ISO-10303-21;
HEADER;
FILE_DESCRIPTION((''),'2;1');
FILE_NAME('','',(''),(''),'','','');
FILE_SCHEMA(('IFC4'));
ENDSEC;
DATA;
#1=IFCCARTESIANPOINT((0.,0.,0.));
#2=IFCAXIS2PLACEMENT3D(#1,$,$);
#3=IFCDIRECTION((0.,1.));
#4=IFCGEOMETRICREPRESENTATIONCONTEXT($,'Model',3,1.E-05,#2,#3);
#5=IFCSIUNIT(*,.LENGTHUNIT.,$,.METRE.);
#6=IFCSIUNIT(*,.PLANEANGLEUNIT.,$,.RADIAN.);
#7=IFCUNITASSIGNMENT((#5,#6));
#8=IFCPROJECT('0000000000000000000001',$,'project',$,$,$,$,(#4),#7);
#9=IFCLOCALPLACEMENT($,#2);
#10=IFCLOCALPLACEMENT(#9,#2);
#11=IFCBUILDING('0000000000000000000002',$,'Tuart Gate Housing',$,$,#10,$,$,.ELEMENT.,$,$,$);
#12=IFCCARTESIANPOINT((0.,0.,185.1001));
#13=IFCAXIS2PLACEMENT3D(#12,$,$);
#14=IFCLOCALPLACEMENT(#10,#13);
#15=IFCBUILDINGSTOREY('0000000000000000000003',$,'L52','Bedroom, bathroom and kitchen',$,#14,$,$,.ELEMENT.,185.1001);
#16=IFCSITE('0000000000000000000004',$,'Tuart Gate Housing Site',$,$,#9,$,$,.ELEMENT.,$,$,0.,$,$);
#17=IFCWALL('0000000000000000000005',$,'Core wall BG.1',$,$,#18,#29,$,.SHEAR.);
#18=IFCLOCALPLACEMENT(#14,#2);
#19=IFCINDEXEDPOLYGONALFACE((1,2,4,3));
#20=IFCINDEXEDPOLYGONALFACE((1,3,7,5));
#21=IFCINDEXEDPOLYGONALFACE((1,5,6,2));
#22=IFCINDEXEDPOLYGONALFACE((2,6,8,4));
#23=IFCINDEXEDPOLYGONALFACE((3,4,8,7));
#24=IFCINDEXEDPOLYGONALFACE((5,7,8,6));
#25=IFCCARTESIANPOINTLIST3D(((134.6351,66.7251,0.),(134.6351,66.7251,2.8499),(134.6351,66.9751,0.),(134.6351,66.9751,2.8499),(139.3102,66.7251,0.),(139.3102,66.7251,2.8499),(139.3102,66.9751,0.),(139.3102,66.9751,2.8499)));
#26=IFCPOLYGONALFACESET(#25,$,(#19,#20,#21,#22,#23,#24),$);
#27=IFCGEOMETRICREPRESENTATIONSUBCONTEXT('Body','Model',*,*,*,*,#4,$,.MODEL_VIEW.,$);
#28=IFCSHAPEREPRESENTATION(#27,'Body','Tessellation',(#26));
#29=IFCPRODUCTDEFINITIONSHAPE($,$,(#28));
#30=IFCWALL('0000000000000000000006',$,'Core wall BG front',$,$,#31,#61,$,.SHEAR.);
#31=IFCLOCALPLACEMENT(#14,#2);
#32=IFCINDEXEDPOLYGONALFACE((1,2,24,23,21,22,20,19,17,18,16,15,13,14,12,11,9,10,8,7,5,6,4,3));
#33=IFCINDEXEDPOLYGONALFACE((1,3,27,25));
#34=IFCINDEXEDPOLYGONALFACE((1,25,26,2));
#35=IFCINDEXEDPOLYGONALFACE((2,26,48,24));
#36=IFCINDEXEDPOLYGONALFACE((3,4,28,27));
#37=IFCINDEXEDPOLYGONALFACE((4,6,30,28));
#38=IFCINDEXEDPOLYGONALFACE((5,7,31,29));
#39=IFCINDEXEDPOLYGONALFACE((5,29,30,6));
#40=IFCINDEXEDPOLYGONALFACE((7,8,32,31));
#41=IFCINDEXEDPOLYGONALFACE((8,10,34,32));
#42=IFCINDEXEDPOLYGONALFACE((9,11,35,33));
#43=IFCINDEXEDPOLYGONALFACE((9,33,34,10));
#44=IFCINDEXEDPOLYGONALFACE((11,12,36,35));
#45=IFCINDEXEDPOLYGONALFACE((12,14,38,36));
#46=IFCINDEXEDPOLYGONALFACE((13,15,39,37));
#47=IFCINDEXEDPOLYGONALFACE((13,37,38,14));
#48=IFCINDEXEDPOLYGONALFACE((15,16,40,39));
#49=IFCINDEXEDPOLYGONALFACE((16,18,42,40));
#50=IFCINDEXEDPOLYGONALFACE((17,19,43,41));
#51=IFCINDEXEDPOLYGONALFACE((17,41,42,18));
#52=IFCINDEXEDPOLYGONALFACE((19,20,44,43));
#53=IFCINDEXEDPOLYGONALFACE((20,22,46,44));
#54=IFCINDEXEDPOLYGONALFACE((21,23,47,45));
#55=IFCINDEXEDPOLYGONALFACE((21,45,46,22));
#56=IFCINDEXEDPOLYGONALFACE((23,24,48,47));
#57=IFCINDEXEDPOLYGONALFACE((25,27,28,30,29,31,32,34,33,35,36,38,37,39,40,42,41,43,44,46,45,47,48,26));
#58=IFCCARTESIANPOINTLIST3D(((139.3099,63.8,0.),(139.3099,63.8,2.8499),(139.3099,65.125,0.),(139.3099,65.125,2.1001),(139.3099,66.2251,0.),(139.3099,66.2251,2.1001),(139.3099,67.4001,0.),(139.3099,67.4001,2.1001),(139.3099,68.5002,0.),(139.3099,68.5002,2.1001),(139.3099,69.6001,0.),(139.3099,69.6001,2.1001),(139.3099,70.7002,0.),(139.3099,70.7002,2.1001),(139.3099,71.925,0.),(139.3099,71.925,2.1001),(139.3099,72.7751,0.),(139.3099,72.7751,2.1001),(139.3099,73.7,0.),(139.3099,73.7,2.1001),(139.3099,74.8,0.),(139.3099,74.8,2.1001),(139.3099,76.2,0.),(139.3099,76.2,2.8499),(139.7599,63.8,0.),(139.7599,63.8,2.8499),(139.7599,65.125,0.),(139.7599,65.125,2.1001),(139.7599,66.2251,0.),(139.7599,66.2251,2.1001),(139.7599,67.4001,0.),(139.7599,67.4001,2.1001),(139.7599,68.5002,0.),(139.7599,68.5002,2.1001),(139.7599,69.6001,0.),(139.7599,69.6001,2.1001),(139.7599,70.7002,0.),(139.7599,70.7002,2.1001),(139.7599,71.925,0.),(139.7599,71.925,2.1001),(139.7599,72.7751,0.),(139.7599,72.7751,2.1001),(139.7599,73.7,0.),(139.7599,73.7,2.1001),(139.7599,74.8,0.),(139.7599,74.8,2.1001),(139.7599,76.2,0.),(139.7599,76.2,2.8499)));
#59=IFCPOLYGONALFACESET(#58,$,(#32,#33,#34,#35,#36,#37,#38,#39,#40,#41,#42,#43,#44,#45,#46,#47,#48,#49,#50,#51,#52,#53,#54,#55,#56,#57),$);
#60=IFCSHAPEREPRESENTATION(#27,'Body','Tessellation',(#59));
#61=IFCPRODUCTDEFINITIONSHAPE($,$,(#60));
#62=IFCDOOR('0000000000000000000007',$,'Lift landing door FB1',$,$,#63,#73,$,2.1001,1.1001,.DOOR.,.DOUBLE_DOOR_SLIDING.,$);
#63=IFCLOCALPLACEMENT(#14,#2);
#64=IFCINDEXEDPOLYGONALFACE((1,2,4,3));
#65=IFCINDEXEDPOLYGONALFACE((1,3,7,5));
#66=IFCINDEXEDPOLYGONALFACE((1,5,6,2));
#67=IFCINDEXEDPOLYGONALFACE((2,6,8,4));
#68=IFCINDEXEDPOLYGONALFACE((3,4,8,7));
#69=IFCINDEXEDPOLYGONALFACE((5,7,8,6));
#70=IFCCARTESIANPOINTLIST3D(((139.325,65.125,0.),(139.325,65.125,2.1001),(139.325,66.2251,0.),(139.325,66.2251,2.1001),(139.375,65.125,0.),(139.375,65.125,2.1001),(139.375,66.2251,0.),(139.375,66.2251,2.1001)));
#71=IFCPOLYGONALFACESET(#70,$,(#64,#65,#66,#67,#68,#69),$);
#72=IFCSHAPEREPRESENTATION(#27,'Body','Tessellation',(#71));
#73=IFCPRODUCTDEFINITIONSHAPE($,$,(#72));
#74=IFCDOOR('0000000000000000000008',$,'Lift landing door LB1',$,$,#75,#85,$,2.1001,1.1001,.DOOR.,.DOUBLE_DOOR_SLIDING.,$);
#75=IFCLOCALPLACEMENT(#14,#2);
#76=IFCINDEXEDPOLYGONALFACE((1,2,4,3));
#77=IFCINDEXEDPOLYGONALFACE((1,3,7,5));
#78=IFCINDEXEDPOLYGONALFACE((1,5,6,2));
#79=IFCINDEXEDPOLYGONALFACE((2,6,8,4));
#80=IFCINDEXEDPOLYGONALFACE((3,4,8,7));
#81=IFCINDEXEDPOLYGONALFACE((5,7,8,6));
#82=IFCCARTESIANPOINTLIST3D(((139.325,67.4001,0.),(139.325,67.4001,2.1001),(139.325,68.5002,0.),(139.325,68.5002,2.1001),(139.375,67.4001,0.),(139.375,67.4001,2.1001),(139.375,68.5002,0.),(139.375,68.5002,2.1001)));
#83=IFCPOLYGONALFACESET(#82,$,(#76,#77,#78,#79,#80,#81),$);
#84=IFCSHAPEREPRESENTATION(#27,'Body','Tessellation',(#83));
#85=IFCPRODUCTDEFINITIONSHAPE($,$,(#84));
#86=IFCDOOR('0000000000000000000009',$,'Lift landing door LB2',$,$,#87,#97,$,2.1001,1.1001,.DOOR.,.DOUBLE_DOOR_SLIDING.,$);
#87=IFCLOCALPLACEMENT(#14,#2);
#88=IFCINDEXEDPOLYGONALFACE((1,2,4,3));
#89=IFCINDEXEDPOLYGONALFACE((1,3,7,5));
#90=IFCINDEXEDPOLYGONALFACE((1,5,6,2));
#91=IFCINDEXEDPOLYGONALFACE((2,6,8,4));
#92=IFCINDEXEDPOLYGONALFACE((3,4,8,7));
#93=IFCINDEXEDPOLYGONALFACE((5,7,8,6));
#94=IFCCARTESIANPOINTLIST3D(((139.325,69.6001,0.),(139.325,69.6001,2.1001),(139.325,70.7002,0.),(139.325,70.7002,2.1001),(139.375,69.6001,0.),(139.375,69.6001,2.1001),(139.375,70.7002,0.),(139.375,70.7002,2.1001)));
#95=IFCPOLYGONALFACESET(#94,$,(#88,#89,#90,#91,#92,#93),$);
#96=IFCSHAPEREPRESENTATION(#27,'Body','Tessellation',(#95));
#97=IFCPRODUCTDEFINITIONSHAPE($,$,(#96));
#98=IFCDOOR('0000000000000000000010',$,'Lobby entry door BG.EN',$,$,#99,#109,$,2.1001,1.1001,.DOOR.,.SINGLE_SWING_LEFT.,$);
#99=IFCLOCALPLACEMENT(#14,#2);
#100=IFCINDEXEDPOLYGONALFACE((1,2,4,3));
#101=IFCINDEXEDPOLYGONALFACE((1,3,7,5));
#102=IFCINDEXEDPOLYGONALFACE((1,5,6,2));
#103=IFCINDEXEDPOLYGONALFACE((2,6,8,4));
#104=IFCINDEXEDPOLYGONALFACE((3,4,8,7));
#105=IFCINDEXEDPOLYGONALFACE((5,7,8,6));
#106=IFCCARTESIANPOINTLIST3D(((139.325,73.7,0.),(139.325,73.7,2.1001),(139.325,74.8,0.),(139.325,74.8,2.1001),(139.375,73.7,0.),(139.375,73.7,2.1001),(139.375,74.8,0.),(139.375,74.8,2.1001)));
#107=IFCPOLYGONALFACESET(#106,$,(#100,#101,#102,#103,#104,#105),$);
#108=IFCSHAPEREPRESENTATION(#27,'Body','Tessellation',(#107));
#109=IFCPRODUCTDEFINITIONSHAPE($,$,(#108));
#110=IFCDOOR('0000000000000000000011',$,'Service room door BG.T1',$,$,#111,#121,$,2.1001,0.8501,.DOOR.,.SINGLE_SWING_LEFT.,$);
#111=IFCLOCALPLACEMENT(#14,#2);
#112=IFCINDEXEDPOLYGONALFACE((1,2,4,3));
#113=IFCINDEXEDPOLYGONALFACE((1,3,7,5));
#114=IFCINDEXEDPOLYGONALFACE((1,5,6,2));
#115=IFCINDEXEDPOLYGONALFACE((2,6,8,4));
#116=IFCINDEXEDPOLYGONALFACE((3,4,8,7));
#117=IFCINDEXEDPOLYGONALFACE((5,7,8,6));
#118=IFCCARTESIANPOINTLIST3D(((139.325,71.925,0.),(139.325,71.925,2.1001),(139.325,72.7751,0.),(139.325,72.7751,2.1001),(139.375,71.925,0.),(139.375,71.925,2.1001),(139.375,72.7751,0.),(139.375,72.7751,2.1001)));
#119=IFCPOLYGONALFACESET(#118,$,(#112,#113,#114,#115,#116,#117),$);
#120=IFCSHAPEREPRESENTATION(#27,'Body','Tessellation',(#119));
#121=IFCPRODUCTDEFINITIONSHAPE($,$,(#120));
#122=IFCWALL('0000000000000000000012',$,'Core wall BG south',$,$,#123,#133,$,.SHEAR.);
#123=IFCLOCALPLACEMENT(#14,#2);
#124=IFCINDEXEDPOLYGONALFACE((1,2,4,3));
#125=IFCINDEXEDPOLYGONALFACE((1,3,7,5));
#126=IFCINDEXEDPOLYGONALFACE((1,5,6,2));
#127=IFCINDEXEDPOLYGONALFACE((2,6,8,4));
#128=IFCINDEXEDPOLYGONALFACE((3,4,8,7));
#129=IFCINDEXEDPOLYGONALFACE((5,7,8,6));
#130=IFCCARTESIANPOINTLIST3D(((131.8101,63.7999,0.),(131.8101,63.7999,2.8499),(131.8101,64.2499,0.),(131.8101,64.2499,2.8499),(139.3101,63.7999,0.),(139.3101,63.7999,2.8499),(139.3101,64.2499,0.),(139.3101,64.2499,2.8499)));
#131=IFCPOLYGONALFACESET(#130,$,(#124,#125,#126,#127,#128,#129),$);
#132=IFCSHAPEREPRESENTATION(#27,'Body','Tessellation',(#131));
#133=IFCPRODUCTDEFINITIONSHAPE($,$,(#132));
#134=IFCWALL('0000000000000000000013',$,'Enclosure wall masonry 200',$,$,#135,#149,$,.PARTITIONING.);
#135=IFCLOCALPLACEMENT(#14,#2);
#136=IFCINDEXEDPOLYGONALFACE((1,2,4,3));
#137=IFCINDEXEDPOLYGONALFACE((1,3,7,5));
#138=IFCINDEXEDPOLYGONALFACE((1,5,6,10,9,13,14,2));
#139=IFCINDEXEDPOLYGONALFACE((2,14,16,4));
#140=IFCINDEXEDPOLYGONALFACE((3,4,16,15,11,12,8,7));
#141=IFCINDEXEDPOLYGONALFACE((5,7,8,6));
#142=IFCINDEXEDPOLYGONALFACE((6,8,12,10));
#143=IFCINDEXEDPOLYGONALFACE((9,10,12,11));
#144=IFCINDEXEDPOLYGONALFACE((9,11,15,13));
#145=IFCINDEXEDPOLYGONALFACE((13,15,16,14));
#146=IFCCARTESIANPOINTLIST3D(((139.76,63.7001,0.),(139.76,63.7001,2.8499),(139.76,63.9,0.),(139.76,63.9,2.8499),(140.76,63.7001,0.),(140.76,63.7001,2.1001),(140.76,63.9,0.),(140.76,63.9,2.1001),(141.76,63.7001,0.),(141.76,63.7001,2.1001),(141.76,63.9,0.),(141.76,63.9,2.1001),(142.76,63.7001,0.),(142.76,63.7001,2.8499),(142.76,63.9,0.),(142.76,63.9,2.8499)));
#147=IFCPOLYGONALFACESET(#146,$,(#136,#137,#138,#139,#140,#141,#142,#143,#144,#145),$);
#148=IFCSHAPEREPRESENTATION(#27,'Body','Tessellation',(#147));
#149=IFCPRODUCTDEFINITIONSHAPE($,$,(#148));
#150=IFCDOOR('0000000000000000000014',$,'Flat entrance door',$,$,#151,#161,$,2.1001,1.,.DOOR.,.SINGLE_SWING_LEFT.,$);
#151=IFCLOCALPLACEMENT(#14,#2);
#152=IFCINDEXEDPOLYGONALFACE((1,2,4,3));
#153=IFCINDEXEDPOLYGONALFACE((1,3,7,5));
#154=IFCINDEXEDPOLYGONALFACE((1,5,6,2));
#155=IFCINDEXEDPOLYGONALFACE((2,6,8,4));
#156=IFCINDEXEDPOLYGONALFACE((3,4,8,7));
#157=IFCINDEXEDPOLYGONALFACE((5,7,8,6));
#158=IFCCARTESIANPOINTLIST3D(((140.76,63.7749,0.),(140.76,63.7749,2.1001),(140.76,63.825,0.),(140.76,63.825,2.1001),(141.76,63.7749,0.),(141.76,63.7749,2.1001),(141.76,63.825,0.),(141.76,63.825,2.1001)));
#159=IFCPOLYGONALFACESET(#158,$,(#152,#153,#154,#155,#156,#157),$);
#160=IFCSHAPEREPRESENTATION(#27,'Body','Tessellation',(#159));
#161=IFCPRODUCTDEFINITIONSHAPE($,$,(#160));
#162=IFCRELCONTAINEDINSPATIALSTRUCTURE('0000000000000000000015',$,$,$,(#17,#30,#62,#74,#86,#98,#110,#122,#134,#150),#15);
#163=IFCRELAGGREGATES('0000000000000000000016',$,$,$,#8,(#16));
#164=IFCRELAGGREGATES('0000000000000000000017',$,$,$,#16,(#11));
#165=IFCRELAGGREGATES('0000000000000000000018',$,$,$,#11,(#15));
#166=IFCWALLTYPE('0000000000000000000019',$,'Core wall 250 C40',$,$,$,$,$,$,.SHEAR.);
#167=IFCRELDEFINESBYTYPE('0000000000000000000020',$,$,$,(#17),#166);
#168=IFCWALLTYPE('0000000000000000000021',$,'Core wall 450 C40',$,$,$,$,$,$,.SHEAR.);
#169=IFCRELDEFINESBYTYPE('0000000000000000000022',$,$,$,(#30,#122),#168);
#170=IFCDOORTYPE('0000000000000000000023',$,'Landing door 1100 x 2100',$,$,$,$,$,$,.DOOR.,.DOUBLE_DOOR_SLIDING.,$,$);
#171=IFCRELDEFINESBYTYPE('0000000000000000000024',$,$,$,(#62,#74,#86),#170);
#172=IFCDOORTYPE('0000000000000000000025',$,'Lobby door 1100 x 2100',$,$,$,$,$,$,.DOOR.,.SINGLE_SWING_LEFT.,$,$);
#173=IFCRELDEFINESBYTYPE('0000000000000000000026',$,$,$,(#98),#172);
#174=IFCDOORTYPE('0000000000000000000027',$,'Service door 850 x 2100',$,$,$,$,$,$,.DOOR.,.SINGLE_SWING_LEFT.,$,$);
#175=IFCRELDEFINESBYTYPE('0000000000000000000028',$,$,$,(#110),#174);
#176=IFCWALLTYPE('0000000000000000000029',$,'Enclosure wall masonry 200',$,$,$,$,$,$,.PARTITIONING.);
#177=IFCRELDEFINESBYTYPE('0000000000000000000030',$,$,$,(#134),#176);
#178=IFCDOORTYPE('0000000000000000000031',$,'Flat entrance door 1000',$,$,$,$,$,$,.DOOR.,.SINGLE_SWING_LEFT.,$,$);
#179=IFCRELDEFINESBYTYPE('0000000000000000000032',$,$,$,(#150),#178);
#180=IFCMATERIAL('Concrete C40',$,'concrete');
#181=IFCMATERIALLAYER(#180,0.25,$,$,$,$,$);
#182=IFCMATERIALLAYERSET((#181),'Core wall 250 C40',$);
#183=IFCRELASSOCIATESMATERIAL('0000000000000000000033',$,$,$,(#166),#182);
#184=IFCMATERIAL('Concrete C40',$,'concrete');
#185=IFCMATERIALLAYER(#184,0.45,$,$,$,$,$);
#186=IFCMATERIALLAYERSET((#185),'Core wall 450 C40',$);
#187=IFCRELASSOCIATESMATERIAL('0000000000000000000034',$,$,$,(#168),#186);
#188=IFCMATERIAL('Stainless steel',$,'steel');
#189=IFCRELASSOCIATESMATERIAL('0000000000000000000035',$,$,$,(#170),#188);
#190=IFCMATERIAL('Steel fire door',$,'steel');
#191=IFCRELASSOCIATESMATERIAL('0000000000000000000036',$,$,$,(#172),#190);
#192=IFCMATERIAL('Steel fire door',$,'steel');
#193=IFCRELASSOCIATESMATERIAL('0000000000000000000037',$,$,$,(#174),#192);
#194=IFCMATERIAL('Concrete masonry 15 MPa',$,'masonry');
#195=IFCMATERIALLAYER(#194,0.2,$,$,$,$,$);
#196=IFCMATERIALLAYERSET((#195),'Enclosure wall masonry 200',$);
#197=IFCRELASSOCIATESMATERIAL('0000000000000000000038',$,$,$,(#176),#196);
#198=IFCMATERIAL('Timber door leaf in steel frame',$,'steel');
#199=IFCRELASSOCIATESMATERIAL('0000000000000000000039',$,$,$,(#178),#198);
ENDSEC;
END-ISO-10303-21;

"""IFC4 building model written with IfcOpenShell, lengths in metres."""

from ifc_helpers import new_model, si_unit, direction, frame, frame_2d, origin, place, context, subcontext, project, spatial, rectangle, extrude, material, layer, layer_set, type_object, element, fill, save


model = new_model("IFC4")

# Units and contexts
model_context = context("Model", 3, precision=1e-05, world=origin(), true_north=direction((0.0, 1.0)))
body_context = subcontext(model_context, "Body", "Model", "MODEL_VIEW")
ifc_project = project(units=[si_unit("LENGTHUNIT", "METRE"), si_unit("PLANEANGLEUNIT", "RADIAN")], contexts=[model_context])

# Site, building, storey
site_placement = place(None, origin())
site = spatial("IfcSite", under=ifc_project, at=site_placement, Name="Tuart Gate Housing Site", CompositionType="ELEMENT", RefElevation=0.0)
building_placement = place(site_placement, origin())
building = spatial("IfcBuilding", under=site, at=building_placement, Name="Tuart Gate Housing", CompositionType="ELEMENT")
storey_placement = place(building_placement, frame((0.0, 0.0, 185.1001)))
storey = spatial("IfcBuildingStorey", under=building, at=storey_placement, Name="L52", Description="Bedroom, bathroom and kitchen", CompositionType="ELEMENT", Elevation=185.1001)

# Wall
ifc_material_1 = material(Name="Concrete C40", Category="concrete")
ifc_layer_1 = layer(ifc_material_1, 0.25)
ifc_layer_set_1 = layer_set([ifc_layer_1], Name="Core wall 250 C40")
wall_type_1 = type_object("IfcWallType", Name="Core wall 250 C40", PredefinedType="SHEAR", material=ifc_layer_set_1)
wall_1_placement = place(storey_placement, frame((139.3101, 66.8501, 0.0), z_axis=(0.0, 0.0, 1.0), x_axis=(-1.0, 0.0, 0.0)))
element("IfcWall", 1, at=wall_1_placement, inside=storey, type_object=wall_type_1, Name="Core wall BG.1", PredefinedType="SHEAR", context=body_context, shape_type="SweptSolid", body=[
    extrude(rectangle(XDim=4.675, YDim=0.25, at=frame_2d((2.3374, 0.0))), origin(), (0.0, 0.0, 1.0), 2.8499),
])

# Wall, openings, doors
ifc_material_2 = material(Name="Concrete C40", Category="concrete")
ifc_layer_2 = layer(ifc_material_2, 0.45)
ifc_layer_set_2 = layer_set([ifc_layer_2], Name="Core wall 450 C40")
wall_type_2 = type_object("IfcWallType", Name="Core wall 450 C40", PredefinedType="SHEAR", material=ifc_layer_set_2)
wall_2_placement = place(storey_placement, frame((139.5349, 63.8, 0.0), z_axis=(0.0, 0.0, 1.0), x_axis=(0.0, 1.0, 0.0)))
wall_2 = element("IfcWall", 2, at=wall_2_placement, inside=storey, type_object=wall_type_2, Name="Core wall BG front", PredefinedType="SHEAR", context=body_context, shape_type="SweptSolid", body=[
    extrude(rectangle(XDim=12.3999, YDim=0.45, at=frame_2d((6.2, 0.0))), origin(), (0.0, 0.0, 1.0), 2.8499),
])
opening_1_placement = place(wall_2_placement, frame((1.325, 0.0, 0.0)))
opening_1 = element("IfcOpeningElement", 3, at=opening_1_placement, cuts=wall_2, PredefinedType="OPENING", context=body_context, shape_type="SweptSolid", body=[
    extrude(rectangle(XDim=1.1001, YDim=2.1001, at=frame_2d((0.55, 1.05))), frame((0.0, 0.2349, 0.0), z_axis=(0.0, -1.0, 0.0), x_axis=(1.0, 0.0, 0.0)), (0.0, 0.0, 1.0), 0.47),
])
opening_2_placement = place(wall_2_placement, frame((3.6001, 0.0, 0.0)))
opening_2 = element("IfcOpeningElement", 4, at=opening_2_placement, cuts=wall_2, PredefinedType="OPENING", context=body_context, shape_type="SweptSolid", body=[
    extrude(rectangle(XDim=1.1001, YDim=2.1001, at=frame_2d((0.55, 1.05))), frame((0.0, 0.2349, 0.0), z_axis=(0.0, -1.0, 0.0), x_axis=(1.0, 0.0, 0.0)), (0.0, 0.0, 1.0), 0.47),
])
opening_3_placement = place(wall_2_placement, frame((5.8, 0.0, 0.0)))
opening_3 = element("IfcOpeningElement", 5, at=opening_3_placement, cuts=wall_2, PredefinedType="OPENING", context=body_context, shape_type="SweptSolid", body=[
    extrude(rectangle(XDim=1.1001, YDim=2.1001, at=frame_2d((0.55, 1.05))), frame((0.0, 0.2349, 0.0), z_axis=(0.0, -1.0, 0.0), x_axis=(1.0, 0.0, 0.0)), (0.0, 0.0, 1.0), 0.47),
])
opening_4_placement = place(wall_2_placement, frame((9.8999, 0.0, 0.0)))
opening_4 = element("IfcOpeningElement", 6, at=opening_4_placement, cuts=wall_2, PredefinedType="OPENING", context=body_context, shape_type="SweptSolid", body=[
    extrude(rectangle(XDim=1.1001, YDim=2.1001, at=frame_2d((0.55, 1.05))), frame((0.0, 0.2349, 0.0), z_axis=(0.0, -1.0, 0.0), x_axis=(1.0, 0.0, 0.0)), (0.0, 0.0, 1.0), 0.47),
])
opening_5_placement = place(wall_2_placement, frame((8.125, 0.0, 0.0)))
opening_5 = element("IfcOpeningElement", 7, at=opening_5_placement, cuts=wall_2, PredefinedType="OPENING", context=body_context, shape_type="SweptSolid", body=[
    extrude(rectangle(XDim=0.8501, YDim=2.1001, at=frame_2d((0.425, 1.05))), frame((0.0, 0.2349, 0.0), z_axis=(0.0, -1.0, 0.0), x_axis=(1.0, 0.0, 0.0)), (0.0, 0.0, 1.0), 0.47),
])
ifc_material_3 = material(Name="Stainless steel", Category="steel")
door_type_1 = type_object("IfcDoorType", Name="Landing door 1100 x 2100", OperationType="DOUBLE_DOOR_SLIDING", PredefinedType="DOOR", material=ifc_material_3)
door_1_placement = place(opening_1_placement, origin())
door_1 = element("IfcDoor", 8, at=door_1_placement, inside=storey, type_object=door_type_1, Name="Lift landing door FB1", OperationType="DOUBLE_DOOR_SLIDING", OverallHeight=2.1001, OverallWidth=1.1001, PredefinedType="DOOR", context=body_context, shape_type="SweptSolid", body=[
    extrude(rectangle(XDim=1.1001, YDim=2.1001, at=frame_2d((0.55, 1.05))), frame((0.0, 0.21, 0.0), z_axis=(0.0, -1.0, 0.0), x_axis=(1.0, 0.0, 0.0)), (0.0, 0.0, 1.0), 0.05),
])
fill(opening_1, door_1)
door_2_placement = place(opening_2_placement, origin())
door_2 = element("IfcDoor", 9, at=door_2_placement, inside=storey, type_object=door_type_1, Name="Lift landing door LB1", OperationType="DOUBLE_DOOR_SLIDING", OverallHeight=2.1001, OverallWidth=1.1001, PredefinedType="DOOR", context=body_context, shape_type="SweptSolid", body=[
    extrude(rectangle(XDim=1.1001, YDim=2.1001, at=frame_2d((0.55, 1.05))), frame((0.0, 0.21, 0.0), z_axis=(0.0, -1.0, 0.0), x_axis=(1.0, 0.0, 0.0)), (0.0, 0.0, 1.0), 0.05),
])
fill(opening_2, door_2)
door_3_placement = place(opening_3_placement, origin())
door_3 = element("IfcDoor", 10, at=door_3_placement, inside=storey, type_object=door_type_1, Name="Lift landing door LB2", OperationType="DOUBLE_DOOR_SLIDING", OverallHeight=2.1001, OverallWidth=1.1001, PredefinedType="DOOR", context=body_context, shape_type="SweptSolid", body=[
    extrude(rectangle(XDim=1.1001, YDim=2.1001, at=frame_2d((0.55, 1.05))), frame((0.0, 0.21, 0.0), z_axis=(0.0, -1.0, 0.0), x_axis=(1.0, 0.0, 0.0)), (0.0, 0.0, 1.0), 0.05),
])
fill(opening_3, door_3)
ifc_material_4 = material(Name="Steel fire door", Category="steel")
door_type_2 = type_object("IfcDoorType", Name="Lobby door 1100 x 2100", OperationType="SINGLE_SWING_LEFT", PredefinedType="DOOR", material=ifc_material_4)
door_4_placement = place(opening_4_placement, origin())
door_4 = element("IfcDoor", 11, at=door_4_placement, inside=storey, type_object=door_type_2, Name="Lobby entry door BG.EN", OperationType="SINGLE_SWING_LEFT", OverallHeight=2.1001, OverallWidth=1.1001, PredefinedType="DOOR", context=body_context, shape_type="SweptSolid", body=[
    extrude(rectangle(XDim=1.1001, YDim=2.1001, at=frame_2d((0.55, 1.05))), frame((0.0, 0.21, 0.0), z_axis=(0.0, -1.0, 0.0), x_axis=(1.0, 0.0, 0.0)), (0.0, 0.0, 1.0), 0.05),
])
fill(opening_4, door_4)
ifc_material_5 = material(Name="Steel fire door", Category="steel")
door_type_3 = type_object("IfcDoorType", Name="Service door 850 x 2100", OperationType="SINGLE_SWING_LEFT", PredefinedType="DOOR", material=ifc_material_5)
door_5_placement = place(opening_5_placement, origin())
door_5 = element("IfcDoor", 12, at=door_5_placement, inside=storey, type_object=door_type_3, Name="Service room door BG.T1", OperationType="SINGLE_SWING_LEFT", OverallHeight=2.1001, OverallWidth=0.8501, PredefinedType="DOOR", context=body_context, shape_type="SweptSolid", body=[
    extrude(rectangle(XDim=0.8501, YDim=2.1001, at=frame_2d((0.425, 1.05))), frame((0.0, 0.21, 0.0), z_axis=(0.0, -1.0, 0.0), x_axis=(1.0, 0.0, 0.0)), (0.0, 0.0, 1.0), 0.05),
])
fill(opening_5, door_5)

# Wall
wall_3_placement = place(storey_placement, frame((139.3101, 64.0249, 0.0), z_axis=(0.0, 0.0, 1.0), x_axis=(-1.0, 0.0, 0.0)))
element("IfcWall", 13, at=wall_3_placement, inside=storey, type_object=wall_type_2, Name="Core wall BG south", PredefinedType="SHEAR", context=body_context, shape_type="SweptSolid", body=[
    extrude(rectangle(XDim=7.5, YDim=0.45, at=frame_2d((3.75, 0.0))), origin(), (0.0, 0.0, 1.0), 2.8499),
])

# Wall, opening, door
ifc_material_6 = material(Name="Concrete masonry 15 MPa", Category="masonry")
ifc_layer_3 = layer(ifc_material_6, 0.2)
ifc_layer_set_3 = layer_set([ifc_layer_3], Name="Enclosure wall masonry 200")
wall_type_3 = type_object("IfcWallType", Name="Enclosure wall masonry 200", PredefinedType="PARTITIONING", material=ifc_layer_set_3)
wall_4_placement = place(storey_placement, frame((139.76, 63.8, 0.0), z_axis=(0.0, 0.0, 1.0), x_axis=(1.0, 0.0, 0.0)))
wall_4 = element("IfcWall", 14, at=wall_4_placement, inside=storey, type_object=wall_type_3, Name="Enclosure wall masonry 200", PredefinedType="PARTITIONING", context=body_context, shape_type="SweptSolid", body=[
    extrude(rectangle(XDim=3.0, YDim=0.2, at=frame_2d((1.5, 0.0))), origin(), (0.0, 0.0, 1.0), 2.8499),
])
opening_6_placement = place(wall_4_placement, frame((1.0, 0.0, 0.0)))
opening_6 = element("IfcOpeningElement", 15, at=opening_6_placement, cuts=wall_4, PredefinedType="OPENING", context=body_context, shape_type="SweptSolid", body=[
    extrude(rectangle(XDim=1.0, YDim=2.1001, at=frame_2d((0.5, 1.05))), frame((0.0, 0.1099, 0.0), z_axis=(0.0, -1.0, 0.0), x_axis=(1.0, 0.0, 0.0)), (0.0, 0.0, 1.0), 0.22),
])
ifc_material_7 = material(Name="Timber door leaf in steel frame", Category="steel")
door_type_4 = type_object("IfcDoorType", Name="Flat entrance door 1000", OperationType="SINGLE_SWING_LEFT", PredefinedType="DOOR", material=ifc_material_7)
door_6_placement = place(opening_6_placement, frame((1.0, 0.0, 0.0), z_axis=(0.0, 0.0, 1.0), x_axis=(-1.0, 0.0, 0.0)))
door_6 = element("IfcDoor", 16, at=door_6_placement, inside=storey, type_object=door_type_4, Name="Flat entrance door", OperationType="SINGLE_SWING_LEFT", OverallHeight=2.1001, OverallWidth=1.0, PredefinedType="DOOR", context=body_context, shape_type="SweptSolid", body=[
    extrude(rectangle(XDim=1.0, YDim=2.1001, at=frame_2d((0.5, 1.05))), frame((0.0, 0.0251, 0.0), z_axis=(0.0, -1.0, 0.0), x_axis=(1.0, 0.0, 0.0)), (0.0, 0.0, 1.0), 0.05),
])
fill(opening_6, door_6)

save(model, "model.ifc")
